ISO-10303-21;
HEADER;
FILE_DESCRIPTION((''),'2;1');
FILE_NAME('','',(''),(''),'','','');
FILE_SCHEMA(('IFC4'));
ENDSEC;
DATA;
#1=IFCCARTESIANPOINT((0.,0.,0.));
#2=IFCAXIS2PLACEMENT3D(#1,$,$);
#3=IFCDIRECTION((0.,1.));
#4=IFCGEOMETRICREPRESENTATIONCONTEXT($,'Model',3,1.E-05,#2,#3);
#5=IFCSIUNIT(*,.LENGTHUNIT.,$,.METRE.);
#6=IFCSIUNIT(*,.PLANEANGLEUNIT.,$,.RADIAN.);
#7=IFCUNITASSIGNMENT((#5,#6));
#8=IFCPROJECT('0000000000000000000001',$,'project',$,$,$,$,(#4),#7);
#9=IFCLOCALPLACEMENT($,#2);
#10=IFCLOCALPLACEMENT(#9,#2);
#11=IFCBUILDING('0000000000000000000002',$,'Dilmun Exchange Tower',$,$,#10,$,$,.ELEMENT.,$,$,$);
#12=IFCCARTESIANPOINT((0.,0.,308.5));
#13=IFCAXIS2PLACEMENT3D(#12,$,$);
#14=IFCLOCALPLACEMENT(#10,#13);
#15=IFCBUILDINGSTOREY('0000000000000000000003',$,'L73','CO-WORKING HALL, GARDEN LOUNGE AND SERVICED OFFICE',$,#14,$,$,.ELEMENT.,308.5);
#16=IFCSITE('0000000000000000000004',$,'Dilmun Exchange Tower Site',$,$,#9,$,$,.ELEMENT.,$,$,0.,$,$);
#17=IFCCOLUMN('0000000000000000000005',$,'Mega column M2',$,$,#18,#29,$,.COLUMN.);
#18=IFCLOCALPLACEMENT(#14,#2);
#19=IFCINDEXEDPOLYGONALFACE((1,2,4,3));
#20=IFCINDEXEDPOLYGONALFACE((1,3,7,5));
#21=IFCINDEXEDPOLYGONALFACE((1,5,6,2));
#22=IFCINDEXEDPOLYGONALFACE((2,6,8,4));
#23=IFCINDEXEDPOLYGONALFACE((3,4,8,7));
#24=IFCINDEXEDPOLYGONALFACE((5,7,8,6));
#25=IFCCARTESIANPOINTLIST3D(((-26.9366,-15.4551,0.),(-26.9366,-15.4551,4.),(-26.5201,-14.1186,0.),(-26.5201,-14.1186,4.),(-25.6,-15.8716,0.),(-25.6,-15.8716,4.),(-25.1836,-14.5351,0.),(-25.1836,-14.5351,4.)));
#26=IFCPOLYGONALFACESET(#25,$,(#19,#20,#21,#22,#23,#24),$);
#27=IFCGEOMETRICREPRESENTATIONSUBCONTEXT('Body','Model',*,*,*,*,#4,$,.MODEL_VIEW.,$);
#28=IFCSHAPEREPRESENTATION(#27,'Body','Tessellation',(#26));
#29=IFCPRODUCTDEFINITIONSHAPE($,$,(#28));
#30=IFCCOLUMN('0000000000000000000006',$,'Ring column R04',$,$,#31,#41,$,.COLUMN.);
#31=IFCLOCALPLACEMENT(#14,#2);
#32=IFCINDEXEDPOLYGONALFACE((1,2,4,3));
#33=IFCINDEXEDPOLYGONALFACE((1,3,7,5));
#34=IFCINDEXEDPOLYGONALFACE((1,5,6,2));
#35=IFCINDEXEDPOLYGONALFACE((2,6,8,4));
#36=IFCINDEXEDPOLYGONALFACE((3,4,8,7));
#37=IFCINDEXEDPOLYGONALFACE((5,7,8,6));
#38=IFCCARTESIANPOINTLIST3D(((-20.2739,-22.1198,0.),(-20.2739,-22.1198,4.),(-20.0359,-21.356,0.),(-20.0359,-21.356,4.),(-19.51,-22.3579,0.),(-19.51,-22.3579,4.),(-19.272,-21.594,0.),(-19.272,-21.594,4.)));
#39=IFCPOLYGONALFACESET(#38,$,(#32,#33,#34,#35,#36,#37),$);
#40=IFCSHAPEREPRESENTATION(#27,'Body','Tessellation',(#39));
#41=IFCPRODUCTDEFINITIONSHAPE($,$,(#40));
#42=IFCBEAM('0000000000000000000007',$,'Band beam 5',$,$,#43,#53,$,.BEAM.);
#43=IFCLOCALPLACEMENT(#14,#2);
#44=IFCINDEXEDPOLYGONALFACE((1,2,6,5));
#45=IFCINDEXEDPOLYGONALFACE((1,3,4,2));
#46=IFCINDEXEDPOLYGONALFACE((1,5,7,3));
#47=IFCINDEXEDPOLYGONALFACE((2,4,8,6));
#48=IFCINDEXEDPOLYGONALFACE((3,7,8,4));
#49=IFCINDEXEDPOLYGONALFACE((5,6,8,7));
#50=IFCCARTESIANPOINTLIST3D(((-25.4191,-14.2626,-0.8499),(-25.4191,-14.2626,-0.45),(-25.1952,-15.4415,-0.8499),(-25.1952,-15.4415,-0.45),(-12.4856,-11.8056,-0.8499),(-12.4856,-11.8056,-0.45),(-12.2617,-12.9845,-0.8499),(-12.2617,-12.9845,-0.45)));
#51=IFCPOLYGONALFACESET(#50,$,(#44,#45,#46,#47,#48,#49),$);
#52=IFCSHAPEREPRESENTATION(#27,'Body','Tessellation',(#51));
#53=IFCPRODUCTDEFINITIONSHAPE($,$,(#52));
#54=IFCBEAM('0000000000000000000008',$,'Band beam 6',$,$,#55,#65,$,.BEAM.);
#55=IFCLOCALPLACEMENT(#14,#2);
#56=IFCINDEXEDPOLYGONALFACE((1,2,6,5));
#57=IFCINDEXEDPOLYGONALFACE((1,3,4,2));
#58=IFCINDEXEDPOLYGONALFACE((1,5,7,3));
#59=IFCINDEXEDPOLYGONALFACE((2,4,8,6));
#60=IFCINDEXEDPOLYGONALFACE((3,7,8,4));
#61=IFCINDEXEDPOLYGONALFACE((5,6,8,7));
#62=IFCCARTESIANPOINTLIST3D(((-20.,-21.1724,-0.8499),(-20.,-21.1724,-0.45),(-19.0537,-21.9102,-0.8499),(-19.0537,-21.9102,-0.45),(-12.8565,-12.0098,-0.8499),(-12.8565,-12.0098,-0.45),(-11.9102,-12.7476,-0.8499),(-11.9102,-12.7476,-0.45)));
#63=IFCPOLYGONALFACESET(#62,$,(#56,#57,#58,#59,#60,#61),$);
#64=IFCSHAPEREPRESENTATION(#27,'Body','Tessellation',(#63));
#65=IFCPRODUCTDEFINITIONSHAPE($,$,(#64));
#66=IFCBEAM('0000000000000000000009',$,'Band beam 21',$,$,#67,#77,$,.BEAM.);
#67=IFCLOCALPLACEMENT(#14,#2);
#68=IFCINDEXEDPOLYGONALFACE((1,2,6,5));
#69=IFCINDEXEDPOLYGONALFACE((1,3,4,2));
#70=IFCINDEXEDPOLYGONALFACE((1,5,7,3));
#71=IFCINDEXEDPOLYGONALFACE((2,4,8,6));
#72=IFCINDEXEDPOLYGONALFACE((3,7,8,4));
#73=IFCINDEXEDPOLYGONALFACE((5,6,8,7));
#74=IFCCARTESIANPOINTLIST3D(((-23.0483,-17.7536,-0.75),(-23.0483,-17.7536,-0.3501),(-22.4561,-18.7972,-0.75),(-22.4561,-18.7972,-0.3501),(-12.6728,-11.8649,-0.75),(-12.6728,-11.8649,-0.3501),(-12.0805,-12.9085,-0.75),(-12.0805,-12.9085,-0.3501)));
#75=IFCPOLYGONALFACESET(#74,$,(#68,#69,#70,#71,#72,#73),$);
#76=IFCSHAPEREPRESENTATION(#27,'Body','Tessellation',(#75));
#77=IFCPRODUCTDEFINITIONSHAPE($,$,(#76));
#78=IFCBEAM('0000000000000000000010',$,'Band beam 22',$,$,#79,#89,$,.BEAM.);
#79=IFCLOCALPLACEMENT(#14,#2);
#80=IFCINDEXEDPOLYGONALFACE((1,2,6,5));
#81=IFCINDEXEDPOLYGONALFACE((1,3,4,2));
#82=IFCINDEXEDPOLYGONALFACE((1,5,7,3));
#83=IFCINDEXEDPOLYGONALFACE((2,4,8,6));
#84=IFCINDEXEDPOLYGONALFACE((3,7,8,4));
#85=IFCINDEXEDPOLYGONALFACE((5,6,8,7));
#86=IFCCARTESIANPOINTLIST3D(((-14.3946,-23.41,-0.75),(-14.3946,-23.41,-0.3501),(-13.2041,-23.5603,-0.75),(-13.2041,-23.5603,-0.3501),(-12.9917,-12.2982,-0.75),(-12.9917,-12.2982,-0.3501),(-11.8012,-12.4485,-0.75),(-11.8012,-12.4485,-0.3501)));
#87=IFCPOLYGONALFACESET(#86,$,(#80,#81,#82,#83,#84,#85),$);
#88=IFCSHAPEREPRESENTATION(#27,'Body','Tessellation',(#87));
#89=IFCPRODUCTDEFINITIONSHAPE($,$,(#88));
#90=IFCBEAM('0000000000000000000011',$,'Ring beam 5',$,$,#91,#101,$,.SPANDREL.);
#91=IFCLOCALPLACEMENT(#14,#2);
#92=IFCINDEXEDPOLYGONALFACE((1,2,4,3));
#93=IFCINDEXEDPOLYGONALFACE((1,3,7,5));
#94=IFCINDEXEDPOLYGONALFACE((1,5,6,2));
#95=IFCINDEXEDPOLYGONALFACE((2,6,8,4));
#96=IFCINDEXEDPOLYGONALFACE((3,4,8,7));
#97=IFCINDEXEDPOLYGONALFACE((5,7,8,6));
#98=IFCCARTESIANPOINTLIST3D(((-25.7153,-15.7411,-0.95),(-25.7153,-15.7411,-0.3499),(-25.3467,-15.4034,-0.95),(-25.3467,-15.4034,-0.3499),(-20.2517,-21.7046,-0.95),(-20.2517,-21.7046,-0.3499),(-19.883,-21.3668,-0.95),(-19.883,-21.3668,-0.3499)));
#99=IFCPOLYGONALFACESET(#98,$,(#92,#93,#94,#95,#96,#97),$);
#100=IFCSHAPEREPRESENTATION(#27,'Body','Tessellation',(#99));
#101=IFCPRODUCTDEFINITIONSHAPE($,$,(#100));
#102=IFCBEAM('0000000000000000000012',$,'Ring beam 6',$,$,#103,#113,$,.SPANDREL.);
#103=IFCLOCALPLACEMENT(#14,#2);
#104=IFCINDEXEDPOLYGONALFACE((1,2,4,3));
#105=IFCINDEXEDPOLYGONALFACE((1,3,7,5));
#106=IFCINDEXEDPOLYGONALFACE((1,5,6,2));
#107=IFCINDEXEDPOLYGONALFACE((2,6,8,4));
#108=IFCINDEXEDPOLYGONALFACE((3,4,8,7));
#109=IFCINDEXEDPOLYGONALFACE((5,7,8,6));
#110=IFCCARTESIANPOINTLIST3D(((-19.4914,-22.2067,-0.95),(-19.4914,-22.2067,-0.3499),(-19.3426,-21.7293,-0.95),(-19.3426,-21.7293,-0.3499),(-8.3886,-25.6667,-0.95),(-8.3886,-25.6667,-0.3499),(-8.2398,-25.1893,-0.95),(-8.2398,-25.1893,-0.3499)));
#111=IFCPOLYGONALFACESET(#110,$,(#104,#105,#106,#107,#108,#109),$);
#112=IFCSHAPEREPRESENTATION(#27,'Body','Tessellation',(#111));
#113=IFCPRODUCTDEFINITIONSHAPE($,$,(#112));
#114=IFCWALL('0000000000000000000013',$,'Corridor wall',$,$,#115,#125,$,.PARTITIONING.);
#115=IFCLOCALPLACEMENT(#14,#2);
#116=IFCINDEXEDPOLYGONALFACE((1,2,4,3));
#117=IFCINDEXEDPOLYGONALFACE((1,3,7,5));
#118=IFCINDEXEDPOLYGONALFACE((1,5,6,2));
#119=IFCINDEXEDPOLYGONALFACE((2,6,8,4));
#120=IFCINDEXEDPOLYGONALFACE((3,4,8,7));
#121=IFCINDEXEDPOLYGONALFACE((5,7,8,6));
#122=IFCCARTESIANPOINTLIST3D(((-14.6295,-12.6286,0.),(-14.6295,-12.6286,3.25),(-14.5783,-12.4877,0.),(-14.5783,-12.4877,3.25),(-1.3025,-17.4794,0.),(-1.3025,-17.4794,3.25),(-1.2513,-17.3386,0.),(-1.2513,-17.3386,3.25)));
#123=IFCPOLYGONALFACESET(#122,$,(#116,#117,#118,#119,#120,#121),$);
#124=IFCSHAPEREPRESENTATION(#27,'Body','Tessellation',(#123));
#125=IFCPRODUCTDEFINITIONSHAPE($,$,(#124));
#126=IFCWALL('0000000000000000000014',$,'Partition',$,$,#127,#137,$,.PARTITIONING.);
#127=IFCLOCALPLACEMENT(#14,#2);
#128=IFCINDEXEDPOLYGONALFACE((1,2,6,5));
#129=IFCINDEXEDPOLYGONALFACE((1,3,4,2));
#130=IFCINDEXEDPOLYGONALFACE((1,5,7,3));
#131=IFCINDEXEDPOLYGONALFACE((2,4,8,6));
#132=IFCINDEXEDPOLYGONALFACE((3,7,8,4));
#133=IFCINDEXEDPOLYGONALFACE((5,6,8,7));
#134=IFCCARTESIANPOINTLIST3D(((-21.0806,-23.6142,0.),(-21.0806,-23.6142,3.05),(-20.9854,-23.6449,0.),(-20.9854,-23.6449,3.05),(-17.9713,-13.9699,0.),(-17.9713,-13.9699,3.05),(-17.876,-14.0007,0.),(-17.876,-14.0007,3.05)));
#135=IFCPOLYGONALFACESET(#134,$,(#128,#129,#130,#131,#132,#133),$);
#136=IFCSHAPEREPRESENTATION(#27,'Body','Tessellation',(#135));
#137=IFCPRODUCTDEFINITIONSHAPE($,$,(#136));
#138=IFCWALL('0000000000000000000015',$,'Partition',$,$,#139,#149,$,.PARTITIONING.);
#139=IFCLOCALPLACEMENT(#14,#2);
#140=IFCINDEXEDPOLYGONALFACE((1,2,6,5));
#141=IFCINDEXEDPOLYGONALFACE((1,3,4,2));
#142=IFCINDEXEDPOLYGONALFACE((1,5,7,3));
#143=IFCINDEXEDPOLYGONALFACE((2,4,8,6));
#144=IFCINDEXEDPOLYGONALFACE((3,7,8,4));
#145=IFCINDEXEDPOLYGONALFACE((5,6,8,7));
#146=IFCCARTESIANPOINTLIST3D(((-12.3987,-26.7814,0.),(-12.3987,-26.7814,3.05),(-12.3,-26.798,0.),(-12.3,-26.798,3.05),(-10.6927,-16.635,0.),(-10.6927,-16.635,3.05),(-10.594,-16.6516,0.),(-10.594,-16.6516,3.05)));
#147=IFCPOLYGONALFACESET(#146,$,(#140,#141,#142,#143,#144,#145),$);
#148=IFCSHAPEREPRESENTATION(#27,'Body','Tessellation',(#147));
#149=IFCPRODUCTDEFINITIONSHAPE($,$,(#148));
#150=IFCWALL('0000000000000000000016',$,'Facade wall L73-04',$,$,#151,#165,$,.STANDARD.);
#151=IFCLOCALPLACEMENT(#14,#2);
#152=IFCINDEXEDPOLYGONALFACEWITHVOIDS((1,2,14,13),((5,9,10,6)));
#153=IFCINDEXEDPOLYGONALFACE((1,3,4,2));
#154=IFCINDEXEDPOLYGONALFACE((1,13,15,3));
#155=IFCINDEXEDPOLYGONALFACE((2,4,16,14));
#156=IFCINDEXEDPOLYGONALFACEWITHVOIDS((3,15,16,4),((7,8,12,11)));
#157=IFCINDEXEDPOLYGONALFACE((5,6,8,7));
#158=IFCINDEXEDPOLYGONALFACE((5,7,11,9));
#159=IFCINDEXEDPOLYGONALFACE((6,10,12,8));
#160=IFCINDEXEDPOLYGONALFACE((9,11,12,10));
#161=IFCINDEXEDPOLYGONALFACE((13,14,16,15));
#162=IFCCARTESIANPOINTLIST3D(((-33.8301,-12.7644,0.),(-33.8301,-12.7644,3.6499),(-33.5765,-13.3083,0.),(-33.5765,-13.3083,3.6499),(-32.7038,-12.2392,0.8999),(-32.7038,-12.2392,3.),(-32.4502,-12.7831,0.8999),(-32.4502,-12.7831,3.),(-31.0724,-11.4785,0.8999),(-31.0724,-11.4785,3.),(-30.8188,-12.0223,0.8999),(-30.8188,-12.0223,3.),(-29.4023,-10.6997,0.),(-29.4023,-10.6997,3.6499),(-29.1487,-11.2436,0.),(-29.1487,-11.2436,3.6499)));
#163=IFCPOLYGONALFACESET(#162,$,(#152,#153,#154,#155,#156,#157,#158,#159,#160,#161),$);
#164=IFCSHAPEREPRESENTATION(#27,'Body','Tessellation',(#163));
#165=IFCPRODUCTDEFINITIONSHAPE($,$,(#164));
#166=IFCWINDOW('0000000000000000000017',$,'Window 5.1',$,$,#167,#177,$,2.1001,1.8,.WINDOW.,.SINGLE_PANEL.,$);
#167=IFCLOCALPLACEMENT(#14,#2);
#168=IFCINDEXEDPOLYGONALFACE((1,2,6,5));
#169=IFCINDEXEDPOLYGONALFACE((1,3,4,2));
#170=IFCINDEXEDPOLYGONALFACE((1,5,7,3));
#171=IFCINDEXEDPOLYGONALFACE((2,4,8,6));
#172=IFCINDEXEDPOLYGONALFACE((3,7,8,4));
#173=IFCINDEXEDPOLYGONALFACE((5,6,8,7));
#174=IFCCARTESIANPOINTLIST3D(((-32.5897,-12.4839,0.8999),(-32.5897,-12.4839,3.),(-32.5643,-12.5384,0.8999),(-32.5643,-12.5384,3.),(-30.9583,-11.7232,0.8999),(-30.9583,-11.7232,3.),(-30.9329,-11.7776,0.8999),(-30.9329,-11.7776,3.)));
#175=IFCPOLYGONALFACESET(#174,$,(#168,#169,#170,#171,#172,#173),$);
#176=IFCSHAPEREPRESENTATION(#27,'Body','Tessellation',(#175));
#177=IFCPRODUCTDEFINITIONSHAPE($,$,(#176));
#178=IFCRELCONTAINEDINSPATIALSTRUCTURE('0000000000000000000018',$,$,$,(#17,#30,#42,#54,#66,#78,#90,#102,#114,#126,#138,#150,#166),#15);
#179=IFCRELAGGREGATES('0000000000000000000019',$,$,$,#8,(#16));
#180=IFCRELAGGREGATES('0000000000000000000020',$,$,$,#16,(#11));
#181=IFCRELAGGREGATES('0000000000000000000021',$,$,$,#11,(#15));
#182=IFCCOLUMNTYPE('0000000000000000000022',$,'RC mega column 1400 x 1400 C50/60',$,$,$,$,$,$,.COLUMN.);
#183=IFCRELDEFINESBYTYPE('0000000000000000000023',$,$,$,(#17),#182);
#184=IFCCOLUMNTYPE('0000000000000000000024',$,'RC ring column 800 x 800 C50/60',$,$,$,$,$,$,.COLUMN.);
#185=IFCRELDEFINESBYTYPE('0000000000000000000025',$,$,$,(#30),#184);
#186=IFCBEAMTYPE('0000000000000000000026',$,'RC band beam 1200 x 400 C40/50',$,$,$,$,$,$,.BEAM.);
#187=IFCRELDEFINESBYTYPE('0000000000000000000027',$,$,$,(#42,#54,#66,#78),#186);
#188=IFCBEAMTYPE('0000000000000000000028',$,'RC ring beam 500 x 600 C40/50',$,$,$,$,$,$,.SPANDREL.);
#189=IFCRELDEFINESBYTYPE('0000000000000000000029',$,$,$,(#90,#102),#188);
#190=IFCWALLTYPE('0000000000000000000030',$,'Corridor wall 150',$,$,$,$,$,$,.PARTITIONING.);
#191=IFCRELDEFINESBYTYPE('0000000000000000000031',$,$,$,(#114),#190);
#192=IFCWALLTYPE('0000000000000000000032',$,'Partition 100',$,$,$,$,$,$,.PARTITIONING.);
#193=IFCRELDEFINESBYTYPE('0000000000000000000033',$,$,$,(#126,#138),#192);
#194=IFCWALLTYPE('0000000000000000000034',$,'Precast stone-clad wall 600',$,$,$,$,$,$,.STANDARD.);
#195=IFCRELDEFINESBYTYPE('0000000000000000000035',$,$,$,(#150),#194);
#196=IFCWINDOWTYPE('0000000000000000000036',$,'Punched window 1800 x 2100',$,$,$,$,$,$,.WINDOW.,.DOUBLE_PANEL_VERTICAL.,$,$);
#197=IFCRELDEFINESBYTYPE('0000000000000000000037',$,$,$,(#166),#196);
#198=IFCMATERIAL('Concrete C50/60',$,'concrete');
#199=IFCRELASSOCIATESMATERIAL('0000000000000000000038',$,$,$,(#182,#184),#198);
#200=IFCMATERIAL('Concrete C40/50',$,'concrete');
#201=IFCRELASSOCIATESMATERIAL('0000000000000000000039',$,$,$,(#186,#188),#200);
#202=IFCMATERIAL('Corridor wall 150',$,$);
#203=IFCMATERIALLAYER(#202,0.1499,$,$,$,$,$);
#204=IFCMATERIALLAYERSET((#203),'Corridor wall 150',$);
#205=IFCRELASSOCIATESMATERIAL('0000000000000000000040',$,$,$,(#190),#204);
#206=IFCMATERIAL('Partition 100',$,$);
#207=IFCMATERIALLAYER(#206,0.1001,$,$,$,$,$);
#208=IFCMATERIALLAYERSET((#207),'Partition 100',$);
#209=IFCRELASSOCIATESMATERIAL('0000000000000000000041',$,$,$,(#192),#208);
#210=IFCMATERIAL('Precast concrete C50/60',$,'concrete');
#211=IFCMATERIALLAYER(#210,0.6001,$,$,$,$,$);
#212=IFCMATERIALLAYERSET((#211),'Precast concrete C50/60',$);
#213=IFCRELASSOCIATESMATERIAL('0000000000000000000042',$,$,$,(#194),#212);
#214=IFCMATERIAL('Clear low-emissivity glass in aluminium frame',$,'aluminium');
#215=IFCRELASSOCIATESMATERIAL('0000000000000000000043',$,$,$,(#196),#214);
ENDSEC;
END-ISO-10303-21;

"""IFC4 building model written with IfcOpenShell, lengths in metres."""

from ifc_helpers import new_model, si_unit, direction, frame, frame_2d, origin, origin_2d, place, context, subcontext, project, spatial, rectangle, extrude, material, layer, layer_set, material_profile, profile_set, type_object, element, fill, save


model = new_model("IFC4")

# Units and contexts
model_context = context("Model", 3, precision=1e-05, world=origin(), true_north=direction((0.0, 1.0)))
body_context = subcontext(model_context, "Body", "Model", "MODEL_VIEW")
ifc_project = project(units=[si_unit("LENGTHUNIT", "METRE"), si_unit("PLANEANGLEUNIT", "RADIAN")], contexts=[model_context])

# Site, building, storey
site_placement = place(None, origin())
site = spatial("IfcSite", under=ifc_project, at=site_placement, Name="Dilmun Exchange Tower Site", CompositionType="ELEMENT", RefElevation=0.0)
building_placement = place(site_placement, origin())
building = spatial("IfcBuilding", under=site, at=building_placement, Name="Dilmun Exchange Tower", CompositionType="ELEMENT")
storey_placement = place(building_placement, frame((0.0, 0.0, 308.5)))
storey = spatial("IfcBuildingStorey", under=building, at=storey_placement, Name="L73", Description="CO-WORKING HALL, GARDEN LOUNGE AND SERVICED OFFICE", CompositionType="ELEMENT", Elevation=308.5)

# Columns
ifc_material_1 = material(Name="Concrete C50/60", Category="concrete")
ifc_material_profile_1 = material_profile(ifc_material_1, rectangle(XDim=1.3999, YDim=1.3999, at=origin_2d()), Name="1400 x 1400")
ifc_profile_set_1 = profile_set([ifc_material_profile_1], Name="Concrete C50/60")
column_type_1 = type_object("IfcColumnType", Name="RC mega column 1400 x 1400 C50/60", PredefinedType="COLUMN", material=ifc_profile_set_1)
column_1_placement = place(storey_placement, frame((-26.0601, -14.9951, 0.0), z_axis=(0.0, 0.0, 1.0), x_axis=(0.297503, 0.954721, 0.0)))
element("IfcColumn", 1, at=column_1_placement, inside=storey, type_object=column_type_1, Name="Mega column M2", PredefinedType="COLUMN", context=body_context, shape_type="SweptSolid", body=[
    extrude(rectangle(XDim=1.3999, YDim=1.3999, at=origin_2d()), origin(), (0.0, 0.0, 1.0), 4.0),
])
ifc_material_profile_2 = material_profile(ifc_material_1, rectangle(XDim=0.8, YDim=0.8, at=origin_2d()), Name="800 x 800")
ifc_profile_set_2 = profile_set([ifc_material_profile_2], Name="Concrete C50/60")
column_type_2 = type_object("IfcColumnType", Name="RC ring column 800 x 800 C50/60", PredefinedType="COLUMN", material=ifc_profile_set_2)
column_2_placement = place(storey_placement, frame((-19.7729, -21.8569, 0.0), z_axis=(0.0, 0.0, 1.0), x_axis=(0.297503, 0.954721, 0.0)))
element("IfcColumn", 2, at=column_2_placement, inside=storey, type_object=column_type_2, Name="Ring column R04", PredefinedType="COLUMN", context=body_context, shape_type="SweptSolid", body=[
    extrude(rectangle(XDim=0.8, YDim=0.8, at=origin_2d()), origin(), (0.0, 0.0, 1.0), 4.0),
])

# Beams
ifc_material_2 = material(Name="Concrete C40/50", Category="concrete")
ifc_material_profile_3 = material_profile(ifc_material_2, rectangle(XDim=1.2, YDim=0.3999, at=origin_2d()), Name="1200 x 400")
ifc_profile_set_3 = profile_set([ifc_material_profile_3], Name="Concrete C40/50")
beam_type_1 = type_object("IfcBeamType", Name="RC band beam 1200 x 400 C40/50", PredefinedType="BEAM", material=ifc_profile_set_3)
beam_1_placement = place(storey_placement, frame((-25.3071, -14.8521, -0.6499), z_axis=(0.982429, 0.186635, 0.0), x_axis=(-0.186635, 0.982429, 0.0)))
element("IfcBeam", 3, at=beam_1_placement, inside=storey, type_object=beam_type_1, Name="Band beam 5", PredefinedType="BEAM", context=body_context, shape_type="SweptSolid", body=[
    extrude(rectangle(XDim=1.2, YDim=0.3999, at=origin_2d()), origin(), (0.0, 0.0, 1.0), 13.1648),
])
beam_2_placement = place(storey_placement, frame((-19.5269, -21.5413, -0.6499), z_axis=(0.614857, 0.788639, 0.0), x_axis=(-0.788639, 0.614857, 0.0)))
element("IfcBeam", 4, at=beam_2_placement, inside=storey, type_object=beam_type_1, Name="Band beam 6", PredefinedType="BEAM", context=body_context, shape_type="SweptSolid", body=[
    extrude(rectangle(XDim=1.2, YDim=0.3999, at=origin_2d()), origin(), (0.0, 0.0, 1.0), 11.6182),
])
beam_3_placement = place(storey_placement, frame((-22.7522, -18.2754, -0.55), z_axis=(0.86969, 0.493598, 0.0), x_axis=(-0.493598, 0.86969, 0.0)))
element("IfcBeam", 5, at=beam_3_placement, inside=storey, type_object=beam_type_1, Name="Band beam 21", PredefinedType="BEAM", context=body_context, shape_type="SweptSolid", body=[
    extrude(rectangle(XDim=1.2, YDim=0.3999, at=origin_2d()), origin(), (0.0, 0.0, 1.0), 11.9302),
])
beam_4_placement = place(storey_placement, frame((-13.7993, -23.4851, -0.55), z_axis=(0.125253, 0.992125, 0.0), x_axis=(-0.992125, 0.125253, 0.0)))
element("IfcBeam", 6, at=beam_4_placement, inside=storey, type_object=beam_type_1, Name="Band beam 22", PredefinedType="BEAM", context=body_context, shape_type="SweptSolid", body=[
    extrude(rectangle(XDim=1.2, YDim=0.3999, at=origin_2d()), origin(), (0.0, 0.0, 1.0), 11.2),
])
ifc_material_profile_4 = material_profile(ifc_material_2, rectangle(XDim=0.5, YDim=0.6001, at=origin_2d()), Name="500 x 600")
ifc_profile_set_4 = profile_set([ifc_material_profile_4], Name="Concrete C40/50")
beam_type_2 = type_object("IfcBeamType", Name="RC ring beam 500 x 600 C40/50", PredefinedType="SPANDREL", material=ifc_profile_set_4)
beam_5_placement = place(storey_placement, frame((-25.531, -15.5723, -0.6499), z_axis=(0.675536, -0.737327, 0.0), x_axis=(0.737327, 0.675536, 0.0)))
element("IfcBeam", 7, at=beam_5_placement, inside=storey, type_object=beam_type_2, Name="Ring beam 5", PredefinedType="SPANDREL", context=body_context, shape_type="SweptSolid", body=[
    extrude(rectangle(XDim=0.5, YDim=0.6001, at=origin_2d()), origin(), (0.0, 0.0, 1.0), 8.0879),
])
beam_6_placement = place(storey_placement, frame((-19.417, -21.968, -0.6499), z_axis=(0.954716, -0.297518, 0.0), x_axis=(0.297518, 0.954716, 0.0)))
element("IfcBeam", 8, at=beam_6_placement, inside=storey, type_object=beam_type_2, Name="Ring beam 6", PredefinedType="SPANDREL", context=body_context, shape_type="SweptSolid", body=[
    extrude(rectangle(XDim=0.5, YDim=0.6001, at=origin_2d()), origin(), (0.0, 0.0, 1.0), 11.6294),
])

# Walls
ifc_material_3 = material(Name="Corridor wall 150")
ifc_layer_1 = layer(ifc_material_3, 0.1499)
ifc_layer_set_1 = layer_set([ifc_layer_1], Name="Corridor wall 150")
wall_type_1 = type_object("IfcWallType", Name="Corridor wall 150", PredefinedType="PARTITIONING", material=ifc_layer_set_1)
wall_1_placement = place(storey_placement, frame((-14.604, -12.5581, 0.0), z_axis=(0.0, 0.0, 1.0), x_axis=(0.939687, -0.342035, 0.0)))
element("IfcWall", 9, at=wall_1_placement, inside=storey, type_object=wall_type_1, Name="Corridor wall", PredefinedType="PARTITIONING", context=body_context, shape_type="SweptSolid", body=[
    extrude(rectangle(XDim=14.1824, YDim=0.1499, at=frame_2d((7.0913, 0.0))), origin(), (0.0, 0.0, 1.0), 3.25),
])
ifc_material_4 = material(Name="Partition 100")
ifc_layer_2 = layer(ifc_material_4, 0.1001)
ifc_layer_set_2 = layer_set([ifc_layer_2], Name="Partition 100")
wall_type_2 = type_object("IfcWallType", Name="Partition 100", PredefinedType="PARTITIONING", material=ifc_layer_set_2)
wall_2_placement = place(storey_placement, frame((-21.033, -23.6294, 0.0), z_axis=(0.0, 0.0, 1.0), x_axis=(0.306852, 0.951757, 0.0)))
element("IfcWall", 10, at=wall_2_placement, inside=storey, type_object=wall_type_2, Name="Partition", PredefinedType="PARTITIONING", context=body_context, shape_type="SweptSolid", body=[
    extrude(rectangle(XDim=10.1331, YDim=0.1001, at=frame_2d((5.0664, 0.0))), origin(), (0.0, 0.0, 1.0), 3.05),
])
wall_3_placement = place(storey_placement, frame((-12.3494, -26.7898, 0.0), z_axis=(0.0, 0.0, 1.0), x_axis=(0.165815, 0.986157, 0.0)))
element("IfcWall", 11, at=wall_3_placement, inside=storey, type_object=wall_type_2, Name="Partition", PredefinedType="PARTITIONING", context=body_context, shape_type="SweptSolid", body=[
    extrude(rectangle(XDim=10.2888, YDim=0.1001, at=frame_2d((5.1445, 0.0))), origin(), (0.0, 0.0, 1.0), 3.05),
])

# Wall, opening, window
ifc_material_5 = material(Name="Precast concrete C50/60", Category="concrete")
ifc_layer_3 = layer(ifc_material_5, 0.6001)
ifc_layer_set_3 = layer_set([ifc_layer_3], Name="Precast concrete C50/60")
wall_type_3 = type_object("IfcWallType", Name="Precast stone-clad wall 600", PredefinedType="STANDARD", material=ifc_layer_set_3)
wall_4_placement = place(storey_placement, frame((-33.7034, -13.0364, 0.0), z_axis=(0.0, 0.0, 1.0), x_axis=(0.906307, 0.42262, 0.0)))
wall_4 = element("IfcWall", 12, at=wall_4_placement, inside=storey, type_object=wall_type_3, Name="Facade wall L73-04", PredefinedType="STANDARD", context=body_context, shape_type="SweptSolid", body=[
    extrude(rectangle(XDim=4.8855, YDim=0.6001, at=frame_2d((2.4429, 0.0))), origin(), (0.0, 0.0, 1.0), 3.6499),
])
opening_1_placement = place(wall_4_placement, frame((1.2429, 0.0, 0.8999)))
opening_1 = element("IfcOpeningElement", 13, at=opening_1_placement, cuts=wall_4, PredefinedType="OPENING", context=body_context, shape_type="SweptSolid", body=[
    extrude(rectangle(XDim=1.8, YDim=2.1001, at=frame_2d((0.8999, 1.05))), frame((0.0, 0.3101, 0.0), z_axis=(0.0, -1.0, 0.0), x_axis=(1.0, 0.0, 0.0)), (0.0, 0.0, 1.0), 0.6201),
])
ifc_material_6 = material(Name="Clear low-emissivity glass in aluminium frame", Category="aluminium")
window_type_1 = type_object("IfcWindowType", Name="Punched window 1800 x 2100", PartitioningType="DOUBLE_PANEL_VERTICAL", PredefinedType="WINDOW", material=ifc_material_6)
window_1_placement = place(opening_1_placement, origin())
window_1 = element("IfcWindow", 14, at=window_1_placement, inside=storey, type_object=window_type_1, Name="Window 5.1", OverallHeight=2.1001, OverallWidth=1.8, PartitioningType="SINGLE_PANEL", PredefinedType="WINDOW", context=body_context, shape_type="SweptSolid", body=[
    extrude(rectangle(XDim=1.8, YDim=2.1001, at=frame_2d((0.8999, 1.05))), frame((0.0, 0.03, 0.0), z_axis=(0.0, -1.0, 0.0), x_axis=(1.0, 0.0, 0.0)), (0.0, 0.0, 1.0), 0.0601),
])
fill(opening_1, window_1)

save(model, "model.ifc")
